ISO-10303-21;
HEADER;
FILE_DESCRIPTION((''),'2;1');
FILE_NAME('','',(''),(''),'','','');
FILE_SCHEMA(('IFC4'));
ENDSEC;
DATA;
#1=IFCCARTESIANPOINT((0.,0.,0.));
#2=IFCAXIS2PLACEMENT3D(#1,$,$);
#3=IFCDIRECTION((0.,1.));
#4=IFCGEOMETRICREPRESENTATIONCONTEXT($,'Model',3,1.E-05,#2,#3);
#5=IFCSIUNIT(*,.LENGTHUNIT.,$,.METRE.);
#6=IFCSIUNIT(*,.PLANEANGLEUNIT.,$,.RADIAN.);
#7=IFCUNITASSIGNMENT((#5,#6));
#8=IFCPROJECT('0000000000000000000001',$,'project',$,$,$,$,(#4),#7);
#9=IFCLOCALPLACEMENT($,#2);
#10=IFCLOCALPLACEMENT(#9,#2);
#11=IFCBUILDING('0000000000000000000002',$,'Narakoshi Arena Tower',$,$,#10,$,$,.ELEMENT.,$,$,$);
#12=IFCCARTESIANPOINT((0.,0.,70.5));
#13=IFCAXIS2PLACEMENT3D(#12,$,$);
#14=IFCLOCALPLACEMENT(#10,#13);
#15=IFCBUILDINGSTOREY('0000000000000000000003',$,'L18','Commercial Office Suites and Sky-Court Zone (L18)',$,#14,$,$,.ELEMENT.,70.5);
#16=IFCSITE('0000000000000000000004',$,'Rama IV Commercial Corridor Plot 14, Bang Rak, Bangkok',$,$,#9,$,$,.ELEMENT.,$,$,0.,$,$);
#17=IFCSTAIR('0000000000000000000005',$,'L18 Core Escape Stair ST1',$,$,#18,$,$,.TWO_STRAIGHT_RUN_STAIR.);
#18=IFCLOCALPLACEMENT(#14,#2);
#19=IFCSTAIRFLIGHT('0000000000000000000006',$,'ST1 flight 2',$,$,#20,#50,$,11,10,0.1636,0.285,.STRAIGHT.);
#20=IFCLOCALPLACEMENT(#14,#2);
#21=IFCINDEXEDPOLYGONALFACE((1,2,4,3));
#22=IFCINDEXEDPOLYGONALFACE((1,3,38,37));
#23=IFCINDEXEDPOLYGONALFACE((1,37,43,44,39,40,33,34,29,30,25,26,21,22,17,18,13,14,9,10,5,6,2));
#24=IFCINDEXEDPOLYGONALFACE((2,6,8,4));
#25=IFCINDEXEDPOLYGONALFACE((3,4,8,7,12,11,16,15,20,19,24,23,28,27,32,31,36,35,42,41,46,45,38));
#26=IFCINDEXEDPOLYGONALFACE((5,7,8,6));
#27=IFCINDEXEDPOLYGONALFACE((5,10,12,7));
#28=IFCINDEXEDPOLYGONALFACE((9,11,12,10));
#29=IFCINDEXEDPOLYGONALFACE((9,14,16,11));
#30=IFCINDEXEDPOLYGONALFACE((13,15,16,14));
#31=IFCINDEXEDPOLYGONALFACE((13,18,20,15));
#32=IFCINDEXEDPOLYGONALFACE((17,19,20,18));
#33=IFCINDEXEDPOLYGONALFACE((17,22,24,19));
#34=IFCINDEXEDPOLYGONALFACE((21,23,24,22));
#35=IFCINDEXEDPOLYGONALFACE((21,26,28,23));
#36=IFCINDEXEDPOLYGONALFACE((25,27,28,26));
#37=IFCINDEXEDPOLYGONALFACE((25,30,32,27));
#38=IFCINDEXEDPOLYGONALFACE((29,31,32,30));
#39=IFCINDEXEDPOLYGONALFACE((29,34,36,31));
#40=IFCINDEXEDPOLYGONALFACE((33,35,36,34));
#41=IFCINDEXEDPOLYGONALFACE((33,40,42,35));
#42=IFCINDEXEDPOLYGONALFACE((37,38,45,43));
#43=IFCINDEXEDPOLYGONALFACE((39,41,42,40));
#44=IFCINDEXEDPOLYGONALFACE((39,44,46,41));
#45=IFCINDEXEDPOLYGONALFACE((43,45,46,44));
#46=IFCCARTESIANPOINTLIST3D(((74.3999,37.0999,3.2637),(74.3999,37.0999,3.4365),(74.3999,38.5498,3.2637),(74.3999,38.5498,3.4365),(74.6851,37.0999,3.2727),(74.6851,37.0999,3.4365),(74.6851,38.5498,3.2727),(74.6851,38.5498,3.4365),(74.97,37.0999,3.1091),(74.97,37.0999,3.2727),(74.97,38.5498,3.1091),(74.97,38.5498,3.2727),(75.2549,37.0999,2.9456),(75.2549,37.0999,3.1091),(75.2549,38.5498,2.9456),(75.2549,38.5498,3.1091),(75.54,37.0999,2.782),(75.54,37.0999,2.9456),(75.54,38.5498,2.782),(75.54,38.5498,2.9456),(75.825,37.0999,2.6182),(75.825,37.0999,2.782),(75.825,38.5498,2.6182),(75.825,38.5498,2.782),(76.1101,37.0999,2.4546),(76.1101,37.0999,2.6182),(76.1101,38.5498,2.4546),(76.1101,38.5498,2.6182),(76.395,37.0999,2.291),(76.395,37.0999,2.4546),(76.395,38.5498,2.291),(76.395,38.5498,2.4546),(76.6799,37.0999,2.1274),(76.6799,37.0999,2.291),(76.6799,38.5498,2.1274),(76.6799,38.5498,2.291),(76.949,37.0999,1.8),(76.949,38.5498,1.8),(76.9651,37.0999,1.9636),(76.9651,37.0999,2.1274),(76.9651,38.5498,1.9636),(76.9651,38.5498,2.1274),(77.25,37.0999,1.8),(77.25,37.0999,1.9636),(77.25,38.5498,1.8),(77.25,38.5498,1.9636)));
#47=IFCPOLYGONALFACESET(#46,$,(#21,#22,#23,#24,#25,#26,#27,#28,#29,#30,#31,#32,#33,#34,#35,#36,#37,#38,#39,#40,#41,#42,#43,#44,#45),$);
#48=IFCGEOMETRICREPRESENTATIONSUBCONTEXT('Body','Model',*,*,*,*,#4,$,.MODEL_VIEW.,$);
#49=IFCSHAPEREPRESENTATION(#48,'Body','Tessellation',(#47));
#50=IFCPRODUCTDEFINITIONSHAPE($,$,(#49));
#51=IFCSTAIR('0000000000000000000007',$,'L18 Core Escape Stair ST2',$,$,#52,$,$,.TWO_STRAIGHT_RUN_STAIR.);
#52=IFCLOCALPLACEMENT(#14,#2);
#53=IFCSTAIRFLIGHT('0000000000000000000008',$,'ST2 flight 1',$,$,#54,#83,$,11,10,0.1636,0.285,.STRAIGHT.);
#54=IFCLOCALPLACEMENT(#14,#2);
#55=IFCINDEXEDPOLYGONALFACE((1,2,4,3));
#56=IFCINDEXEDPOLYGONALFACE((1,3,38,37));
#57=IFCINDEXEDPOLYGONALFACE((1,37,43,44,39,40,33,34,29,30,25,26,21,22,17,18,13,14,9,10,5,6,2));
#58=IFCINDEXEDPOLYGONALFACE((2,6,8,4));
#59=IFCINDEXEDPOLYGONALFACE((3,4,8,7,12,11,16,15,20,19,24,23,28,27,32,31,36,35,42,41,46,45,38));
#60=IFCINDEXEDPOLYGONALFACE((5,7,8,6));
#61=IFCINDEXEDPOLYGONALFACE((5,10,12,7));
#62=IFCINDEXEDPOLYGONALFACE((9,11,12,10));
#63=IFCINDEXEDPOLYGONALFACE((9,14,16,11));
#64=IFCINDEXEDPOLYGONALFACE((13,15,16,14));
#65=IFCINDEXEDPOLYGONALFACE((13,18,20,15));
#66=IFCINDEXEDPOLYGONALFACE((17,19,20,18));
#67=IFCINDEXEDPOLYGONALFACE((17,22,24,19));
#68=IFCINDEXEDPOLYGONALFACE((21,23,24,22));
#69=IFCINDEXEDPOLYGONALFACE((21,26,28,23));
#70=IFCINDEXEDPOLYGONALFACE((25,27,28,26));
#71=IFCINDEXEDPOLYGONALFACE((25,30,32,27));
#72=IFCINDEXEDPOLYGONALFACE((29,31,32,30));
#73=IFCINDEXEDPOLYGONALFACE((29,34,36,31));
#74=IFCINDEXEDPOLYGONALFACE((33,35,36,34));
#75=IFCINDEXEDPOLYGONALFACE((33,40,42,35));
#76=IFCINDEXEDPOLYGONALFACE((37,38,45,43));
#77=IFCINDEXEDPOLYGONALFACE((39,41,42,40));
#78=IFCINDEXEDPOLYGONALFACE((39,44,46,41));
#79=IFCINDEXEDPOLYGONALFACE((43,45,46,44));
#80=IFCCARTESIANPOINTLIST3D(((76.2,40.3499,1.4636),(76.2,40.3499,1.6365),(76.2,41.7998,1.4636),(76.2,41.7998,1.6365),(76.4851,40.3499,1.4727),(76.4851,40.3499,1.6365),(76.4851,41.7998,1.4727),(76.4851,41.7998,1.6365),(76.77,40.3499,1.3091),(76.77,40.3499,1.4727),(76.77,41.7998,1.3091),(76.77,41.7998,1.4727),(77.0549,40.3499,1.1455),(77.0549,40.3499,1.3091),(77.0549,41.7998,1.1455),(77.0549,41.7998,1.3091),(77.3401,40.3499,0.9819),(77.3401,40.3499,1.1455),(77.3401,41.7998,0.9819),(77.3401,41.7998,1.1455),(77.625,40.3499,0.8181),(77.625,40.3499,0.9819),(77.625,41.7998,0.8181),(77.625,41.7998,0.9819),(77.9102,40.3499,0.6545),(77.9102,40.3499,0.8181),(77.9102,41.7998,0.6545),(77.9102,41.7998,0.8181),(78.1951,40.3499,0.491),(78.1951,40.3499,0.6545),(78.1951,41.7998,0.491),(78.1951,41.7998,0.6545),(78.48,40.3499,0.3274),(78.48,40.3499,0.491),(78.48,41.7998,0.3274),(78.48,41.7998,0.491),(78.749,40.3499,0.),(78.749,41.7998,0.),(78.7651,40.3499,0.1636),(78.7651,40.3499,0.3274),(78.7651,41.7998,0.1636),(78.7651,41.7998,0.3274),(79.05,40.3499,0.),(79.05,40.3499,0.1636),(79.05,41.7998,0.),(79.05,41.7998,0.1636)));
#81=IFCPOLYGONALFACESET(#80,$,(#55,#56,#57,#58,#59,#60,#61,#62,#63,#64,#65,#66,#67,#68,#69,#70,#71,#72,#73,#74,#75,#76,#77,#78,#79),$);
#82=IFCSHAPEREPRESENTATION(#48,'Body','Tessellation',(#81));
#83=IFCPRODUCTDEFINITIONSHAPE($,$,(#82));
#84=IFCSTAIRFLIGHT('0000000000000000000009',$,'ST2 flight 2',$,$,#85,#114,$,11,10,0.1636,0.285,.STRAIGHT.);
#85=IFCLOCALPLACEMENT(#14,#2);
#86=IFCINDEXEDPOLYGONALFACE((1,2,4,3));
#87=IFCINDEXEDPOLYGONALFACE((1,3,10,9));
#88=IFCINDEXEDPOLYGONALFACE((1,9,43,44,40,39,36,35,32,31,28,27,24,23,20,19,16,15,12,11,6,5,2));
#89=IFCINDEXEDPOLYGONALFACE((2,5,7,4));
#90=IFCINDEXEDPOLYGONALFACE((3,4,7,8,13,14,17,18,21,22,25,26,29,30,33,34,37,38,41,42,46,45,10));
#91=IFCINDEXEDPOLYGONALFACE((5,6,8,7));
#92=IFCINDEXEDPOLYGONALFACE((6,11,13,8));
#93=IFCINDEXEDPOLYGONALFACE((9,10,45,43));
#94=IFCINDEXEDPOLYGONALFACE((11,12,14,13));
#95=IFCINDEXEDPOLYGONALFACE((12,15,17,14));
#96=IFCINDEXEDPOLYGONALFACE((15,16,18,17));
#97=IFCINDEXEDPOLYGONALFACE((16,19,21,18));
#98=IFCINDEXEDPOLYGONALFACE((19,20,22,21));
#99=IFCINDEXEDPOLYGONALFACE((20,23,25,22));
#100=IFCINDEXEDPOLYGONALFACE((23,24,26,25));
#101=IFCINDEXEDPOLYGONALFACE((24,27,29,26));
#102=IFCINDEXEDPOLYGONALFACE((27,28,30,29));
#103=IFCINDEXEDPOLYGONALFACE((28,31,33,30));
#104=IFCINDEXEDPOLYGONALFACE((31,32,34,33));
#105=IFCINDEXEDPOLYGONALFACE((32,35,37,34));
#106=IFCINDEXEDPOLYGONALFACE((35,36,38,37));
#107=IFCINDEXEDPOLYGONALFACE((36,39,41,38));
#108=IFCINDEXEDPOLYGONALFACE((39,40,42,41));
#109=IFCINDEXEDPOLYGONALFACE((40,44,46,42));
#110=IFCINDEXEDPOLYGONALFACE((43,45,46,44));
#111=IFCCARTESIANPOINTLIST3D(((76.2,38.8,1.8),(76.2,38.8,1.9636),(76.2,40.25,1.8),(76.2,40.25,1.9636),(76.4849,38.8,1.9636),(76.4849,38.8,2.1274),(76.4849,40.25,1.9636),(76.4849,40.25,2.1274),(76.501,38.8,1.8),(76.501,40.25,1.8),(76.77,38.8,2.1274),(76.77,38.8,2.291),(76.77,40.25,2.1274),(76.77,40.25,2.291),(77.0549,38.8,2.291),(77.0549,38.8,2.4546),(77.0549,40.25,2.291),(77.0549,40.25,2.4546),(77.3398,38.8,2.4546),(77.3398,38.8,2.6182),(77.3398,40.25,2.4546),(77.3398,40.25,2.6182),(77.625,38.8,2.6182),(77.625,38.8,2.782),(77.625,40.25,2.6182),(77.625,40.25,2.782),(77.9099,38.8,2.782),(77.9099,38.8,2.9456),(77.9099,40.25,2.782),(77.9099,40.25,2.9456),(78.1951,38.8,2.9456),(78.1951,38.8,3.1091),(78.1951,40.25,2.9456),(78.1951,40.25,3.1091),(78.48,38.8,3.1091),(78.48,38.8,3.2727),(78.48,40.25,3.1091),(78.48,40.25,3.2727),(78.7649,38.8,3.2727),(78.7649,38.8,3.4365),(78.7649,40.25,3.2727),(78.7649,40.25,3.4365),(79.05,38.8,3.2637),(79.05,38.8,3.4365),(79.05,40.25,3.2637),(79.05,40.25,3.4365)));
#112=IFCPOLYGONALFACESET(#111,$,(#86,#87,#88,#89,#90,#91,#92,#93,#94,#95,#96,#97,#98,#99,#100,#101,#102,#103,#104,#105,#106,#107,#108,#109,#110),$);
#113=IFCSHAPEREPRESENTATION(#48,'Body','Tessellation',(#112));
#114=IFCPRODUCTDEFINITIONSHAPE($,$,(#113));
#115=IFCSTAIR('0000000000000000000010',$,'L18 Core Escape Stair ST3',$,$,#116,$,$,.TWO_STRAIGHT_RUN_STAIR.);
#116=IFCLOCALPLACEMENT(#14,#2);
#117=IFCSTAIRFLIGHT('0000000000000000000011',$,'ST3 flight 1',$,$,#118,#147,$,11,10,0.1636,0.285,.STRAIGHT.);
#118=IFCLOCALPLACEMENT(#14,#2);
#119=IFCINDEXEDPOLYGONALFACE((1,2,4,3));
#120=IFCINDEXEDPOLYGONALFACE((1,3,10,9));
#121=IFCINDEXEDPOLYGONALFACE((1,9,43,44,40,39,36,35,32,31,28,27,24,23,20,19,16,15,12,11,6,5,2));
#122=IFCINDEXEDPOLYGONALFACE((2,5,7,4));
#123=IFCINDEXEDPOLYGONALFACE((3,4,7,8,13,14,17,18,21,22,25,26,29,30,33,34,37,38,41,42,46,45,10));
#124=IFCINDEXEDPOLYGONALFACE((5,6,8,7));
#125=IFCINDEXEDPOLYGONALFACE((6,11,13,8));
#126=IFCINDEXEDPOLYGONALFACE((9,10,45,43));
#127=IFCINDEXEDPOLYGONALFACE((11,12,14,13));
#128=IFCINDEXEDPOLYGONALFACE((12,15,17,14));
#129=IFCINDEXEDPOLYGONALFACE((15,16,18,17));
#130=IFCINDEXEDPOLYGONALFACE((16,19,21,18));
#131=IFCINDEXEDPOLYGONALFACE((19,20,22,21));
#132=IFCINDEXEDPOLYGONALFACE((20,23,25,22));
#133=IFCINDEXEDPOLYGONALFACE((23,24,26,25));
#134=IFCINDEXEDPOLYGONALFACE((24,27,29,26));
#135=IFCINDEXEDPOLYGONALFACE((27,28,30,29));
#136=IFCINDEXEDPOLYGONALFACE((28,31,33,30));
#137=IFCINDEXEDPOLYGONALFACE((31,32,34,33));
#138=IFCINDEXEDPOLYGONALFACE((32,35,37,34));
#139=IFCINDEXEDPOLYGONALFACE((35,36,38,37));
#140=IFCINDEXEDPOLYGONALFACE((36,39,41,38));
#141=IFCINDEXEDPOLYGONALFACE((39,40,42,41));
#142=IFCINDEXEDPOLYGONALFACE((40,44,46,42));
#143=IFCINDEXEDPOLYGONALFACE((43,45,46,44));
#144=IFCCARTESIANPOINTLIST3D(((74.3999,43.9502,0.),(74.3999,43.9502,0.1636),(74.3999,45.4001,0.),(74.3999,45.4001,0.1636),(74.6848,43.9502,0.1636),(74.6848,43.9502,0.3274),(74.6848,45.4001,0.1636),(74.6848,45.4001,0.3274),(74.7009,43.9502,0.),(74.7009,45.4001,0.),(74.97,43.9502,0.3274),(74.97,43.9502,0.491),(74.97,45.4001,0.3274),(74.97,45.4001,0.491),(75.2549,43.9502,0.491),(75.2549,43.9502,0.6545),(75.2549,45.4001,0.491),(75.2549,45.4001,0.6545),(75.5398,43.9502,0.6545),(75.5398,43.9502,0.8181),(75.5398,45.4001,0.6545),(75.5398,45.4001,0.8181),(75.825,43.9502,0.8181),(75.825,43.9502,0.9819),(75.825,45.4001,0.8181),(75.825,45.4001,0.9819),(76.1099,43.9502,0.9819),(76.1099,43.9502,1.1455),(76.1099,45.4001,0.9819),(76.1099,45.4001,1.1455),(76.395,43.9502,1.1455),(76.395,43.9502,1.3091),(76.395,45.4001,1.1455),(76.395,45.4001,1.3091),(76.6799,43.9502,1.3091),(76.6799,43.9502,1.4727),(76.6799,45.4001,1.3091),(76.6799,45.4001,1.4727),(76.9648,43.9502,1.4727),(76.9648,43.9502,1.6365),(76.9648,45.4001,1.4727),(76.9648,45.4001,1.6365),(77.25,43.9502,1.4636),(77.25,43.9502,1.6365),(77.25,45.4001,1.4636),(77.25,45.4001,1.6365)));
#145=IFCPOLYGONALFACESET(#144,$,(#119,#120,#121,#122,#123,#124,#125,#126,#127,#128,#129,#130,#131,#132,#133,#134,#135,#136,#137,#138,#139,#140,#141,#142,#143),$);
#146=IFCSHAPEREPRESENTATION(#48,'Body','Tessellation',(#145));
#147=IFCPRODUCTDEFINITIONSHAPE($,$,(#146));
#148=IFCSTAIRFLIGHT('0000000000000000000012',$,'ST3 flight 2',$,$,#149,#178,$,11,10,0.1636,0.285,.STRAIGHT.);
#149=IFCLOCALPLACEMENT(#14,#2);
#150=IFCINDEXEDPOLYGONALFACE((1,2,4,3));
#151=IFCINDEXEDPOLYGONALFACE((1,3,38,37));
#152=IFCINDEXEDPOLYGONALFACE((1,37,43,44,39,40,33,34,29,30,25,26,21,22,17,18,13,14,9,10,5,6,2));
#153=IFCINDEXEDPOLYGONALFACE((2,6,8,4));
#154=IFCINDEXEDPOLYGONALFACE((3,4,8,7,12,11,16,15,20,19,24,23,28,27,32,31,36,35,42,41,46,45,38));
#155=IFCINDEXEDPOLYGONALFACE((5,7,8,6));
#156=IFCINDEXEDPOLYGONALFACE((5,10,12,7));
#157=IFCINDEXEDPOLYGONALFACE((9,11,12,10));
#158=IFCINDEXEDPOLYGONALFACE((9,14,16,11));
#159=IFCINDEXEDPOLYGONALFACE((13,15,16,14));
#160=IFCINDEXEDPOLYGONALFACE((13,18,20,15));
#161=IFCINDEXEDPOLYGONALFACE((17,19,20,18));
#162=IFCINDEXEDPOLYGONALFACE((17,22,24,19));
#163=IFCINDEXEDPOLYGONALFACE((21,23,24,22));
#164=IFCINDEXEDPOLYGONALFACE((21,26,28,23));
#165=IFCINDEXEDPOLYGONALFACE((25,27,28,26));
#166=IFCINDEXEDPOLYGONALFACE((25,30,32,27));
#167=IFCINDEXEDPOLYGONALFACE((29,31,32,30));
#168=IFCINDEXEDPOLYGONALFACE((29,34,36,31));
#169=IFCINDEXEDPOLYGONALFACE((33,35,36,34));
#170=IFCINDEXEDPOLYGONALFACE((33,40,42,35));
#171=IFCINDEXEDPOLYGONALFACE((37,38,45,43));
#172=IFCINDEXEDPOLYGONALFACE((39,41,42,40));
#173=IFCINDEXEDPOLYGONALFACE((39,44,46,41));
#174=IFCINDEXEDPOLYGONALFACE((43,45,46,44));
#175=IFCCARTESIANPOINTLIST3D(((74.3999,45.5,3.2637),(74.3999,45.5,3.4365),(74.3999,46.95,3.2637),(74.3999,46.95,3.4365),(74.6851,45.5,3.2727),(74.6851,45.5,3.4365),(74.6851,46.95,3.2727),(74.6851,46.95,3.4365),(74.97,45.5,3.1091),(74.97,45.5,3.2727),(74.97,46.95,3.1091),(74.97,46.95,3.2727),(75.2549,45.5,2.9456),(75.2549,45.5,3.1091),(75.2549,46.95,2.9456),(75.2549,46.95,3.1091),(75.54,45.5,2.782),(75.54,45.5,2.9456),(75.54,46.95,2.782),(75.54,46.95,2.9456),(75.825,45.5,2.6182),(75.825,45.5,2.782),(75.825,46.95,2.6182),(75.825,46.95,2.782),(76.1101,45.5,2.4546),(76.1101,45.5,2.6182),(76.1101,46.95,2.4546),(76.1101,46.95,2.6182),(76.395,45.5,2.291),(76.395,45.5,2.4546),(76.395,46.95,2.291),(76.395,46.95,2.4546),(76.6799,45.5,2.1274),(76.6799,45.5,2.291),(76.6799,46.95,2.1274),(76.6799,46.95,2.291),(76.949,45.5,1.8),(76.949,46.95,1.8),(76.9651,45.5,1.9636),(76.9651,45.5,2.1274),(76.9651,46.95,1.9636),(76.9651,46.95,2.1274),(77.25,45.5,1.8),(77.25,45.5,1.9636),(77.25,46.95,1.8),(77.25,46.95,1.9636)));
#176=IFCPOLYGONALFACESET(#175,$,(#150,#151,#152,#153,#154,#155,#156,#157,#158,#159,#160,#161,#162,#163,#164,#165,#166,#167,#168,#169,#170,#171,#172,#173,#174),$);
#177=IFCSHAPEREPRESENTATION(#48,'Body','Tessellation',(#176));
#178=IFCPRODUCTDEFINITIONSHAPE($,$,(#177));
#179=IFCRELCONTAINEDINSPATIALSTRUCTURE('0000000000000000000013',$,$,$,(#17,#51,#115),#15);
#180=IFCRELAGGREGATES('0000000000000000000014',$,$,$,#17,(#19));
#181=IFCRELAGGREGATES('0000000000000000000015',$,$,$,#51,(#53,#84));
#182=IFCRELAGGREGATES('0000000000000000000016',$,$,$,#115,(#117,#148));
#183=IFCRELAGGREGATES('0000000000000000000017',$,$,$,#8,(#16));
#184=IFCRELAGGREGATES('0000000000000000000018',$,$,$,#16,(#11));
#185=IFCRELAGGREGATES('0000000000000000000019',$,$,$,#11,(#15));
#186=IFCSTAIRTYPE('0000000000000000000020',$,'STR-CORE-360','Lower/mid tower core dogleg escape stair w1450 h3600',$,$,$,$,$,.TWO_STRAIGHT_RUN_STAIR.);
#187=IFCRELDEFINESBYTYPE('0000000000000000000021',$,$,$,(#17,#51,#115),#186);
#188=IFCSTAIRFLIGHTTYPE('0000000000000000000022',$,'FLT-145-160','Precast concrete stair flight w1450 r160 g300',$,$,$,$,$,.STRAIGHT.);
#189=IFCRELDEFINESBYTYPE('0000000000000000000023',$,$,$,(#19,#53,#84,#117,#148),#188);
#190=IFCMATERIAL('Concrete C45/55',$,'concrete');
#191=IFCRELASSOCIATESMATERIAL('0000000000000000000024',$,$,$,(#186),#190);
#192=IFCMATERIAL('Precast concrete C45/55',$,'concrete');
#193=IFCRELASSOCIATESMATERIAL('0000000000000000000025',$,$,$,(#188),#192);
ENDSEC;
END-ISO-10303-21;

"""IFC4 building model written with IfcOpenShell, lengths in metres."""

from ifc_helpers import new_model, si_unit, direction, frame, origin, place, context, subcontext, project, spatial, polyline, outline, extrude, material, type_object, element, aggregate, save


model = new_model("IFC4")

# Units and contexts
model_context = context("Model", 3, precision=1e-05, world=origin(), true_north=direction((0.0, 1.0)))
body_context = subcontext(model_context, "Body", "Model", "MODEL_VIEW")
ifc_project = project(units=[si_unit("LENGTHUNIT", "METRE"), si_unit("PLANEANGLEUNIT", "RADIAN")], contexts=[model_context])

# Site, building, storey
site_placement = place(None, origin())
site = spatial("IfcSite", under=ifc_project, at=site_placement, Name="Rama IV Commercial Corridor Plot 14, Bang Rak, Bangkok", CompositionType="ELEMENT", RefElevation=0.0)
building_placement = place(site_placement, origin())
building = spatial("IfcBuilding", under=site, at=building_placement, Name="Narakoshi Arena Tower", CompositionType="ELEMENT")
storey_placement = place(building_placement, frame((0.0, 0.0, 70.5)))
storey = spatial("IfcBuildingStorey", under=building, at=storey_placement, Name="L18", Description="Commercial Office Suites and Sky-Court Zone (L18)", CompositionType="ELEMENT", Elevation=70.5)

# Stairs, stair flights
ifc_material_1 = material(Name="Concrete C45/55", Category="concrete")
stair_type = type_object("IfcStairType", Name="STR-CORE-360", Description="Lower/mid tower core dogleg escape stair w1450 h3600", PredefinedType="TWO_STRAIGHT_RUN_STAIR", material=ifc_material_1)
stair_1_placement = place(storey_placement, origin())
stair_1 = element("IfcStair", 1, at=stair_1_placement, inside=storey, type_object=stair_type, Name="L18 Core Escape Stair ST1", PredefinedType="TWO_STRAIGHT_RUN_STAIR")
ifc_material_2 = material(Name="Precast concrete C45/55", Category="concrete")
stair_flight_type = type_object("IfcStairFlightType", Name="FLT-145-160", Description="Precast concrete stair flight w1450 r160 g300", PredefinedType="STRAIGHT", material=ifc_material_2)
stair_flight_1_placement = place(storey_placement, frame((77.25, 37.825, 1.8), z_axis=(0.0, 0.0, 1.0), x_axis=(-1.0, 0.0, 0.0)))
stair_flight_1 = element("IfcStairFlight", 2, at=stair_flight_1_placement, type_object=stair_flight_type, Name="ST1 flight 2", NumberOfRisers=11, NumberOfTreads=10, PredefinedType="STRAIGHT", RiserHeight=0.1636, TreadLength=0.285, context=body_context, shape_type="SweptSolid", body=[
    extrude(outline(polyline([(0.0, 0.0), (0.0, 0.1636), (0.2849, 0.1636), (0.2849, 0.3274), (0.5701, 0.3274), (0.5701, 0.491), (0.855, 0.491), (0.855, 0.6545), (1.1399, 0.6545), (1.1399, 0.8181), (1.425, 0.8181), (1.425, 0.9819), (1.71, 0.9819), (1.71, 1.1455), (1.9951, 1.1455), (1.9951, 1.3091), (2.28, 1.3091), (2.28, 1.4727), (2.5649, 1.4727), (2.5649, 1.6365), (2.8501, 1.6365), (2.8501, 1.8), (2.8501, 1.4636), (0.301, 0.0), (0.0, 0.0)])), frame((0.0, 0.7251, 0.0), z_axis=(0.0, -1.0, 0.0), x_axis=(1.0, 0.0, 0.0)), (0.0, 0.0, 1.0), 1.45),
])
aggregate(stair_1, [stair_flight_1])
stair_2_placement = place(storey_placement, origin())
stair_2 = element("IfcStair", 3, at=stair_2_placement, inside=storey, type_object=stair_type, Name="L18 Core Escape Stair ST2", PredefinedType="TWO_STRAIGHT_RUN_STAIR")
stair_flight_2_placement = place(storey_placement, frame((79.05, 41.075, 0.0), z_axis=(0.0, 0.0, 1.0), x_axis=(-1.0, 0.0, 0.0)))
stair_flight_2 = element("IfcStairFlight", 4, at=stair_flight_2_placement, type_object=stair_flight_type, Name="ST2 flight 1", NumberOfRisers=11, NumberOfTreads=10, PredefinedType="STRAIGHT", RiserHeight=0.1636, TreadLength=0.285, context=body_context, shape_type="SweptSolid", body=[
    extrude(outline(polyline([(0.0, 0.0), (0.0, 0.1636), (0.2849, 0.1636), (0.2849, 0.3274), (0.5701, 0.3274), (0.5701, 0.491), (0.855, 0.491), (0.855, 0.6545), (1.1399, 0.6545), (1.1399, 0.8181), (1.425, 0.8181), (1.425, 0.9819), (1.71, 0.9819), (1.71, 1.1455), (1.9951, 1.1455), (1.9951, 1.3091), (2.28, 1.3091), (2.28, 1.4727), (2.5649, 1.4727), (2.5649, 1.6365), (2.8501, 1.6365), (2.8501, 1.8), (2.8501, 1.4636), (0.301, 0.0), (0.0, 0.0)])), frame((0.0, 0.7251, 0.0), z_axis=(0.0, -1.0, 0.0), x_axis=(1.0, 0.0, 0.0)), (0.0, 0.0, 1.0), 1.45),
])
stair_flight_3_placement = place(storey_placement, frame((76.2, 39.5249, 1.8), z_axis=(0.0, 0.0, 1.0), x_axis=(1.0, 0.0, 0.0)))
stair_flight_3 = element("IfcStairFlight", 5, at=stair_flight_3_placement, type_object=stair_flight_type, Name="ST2 flight 2", NumberOfRisers=11, NumberOfTreads=10, PredefinedType="STRAIGHT", RiserHeight=0.1636, TreadLength=0.285, context=body_context, shape_type="SweptSolid", body=[
    extrude(outline(polyline([(0.0, 0.0), (0.0, 0.1636), (0.2849, 0.1636), (0.2849, 0.3274), (0.5701, 0.3274), (0.5701, 0.491), (0.855, 0.491), (0.855, 0.6545), (1.1399, 0.6545), (1.1399, 0.8181), (1.425, 0.8181), (1.425, 0.9819), (1.71, 0.9819), (1.71, 1.1455), (1.9951, 1.1455), (1.9951, 1.3091), (2.28, 1.3091), (2.28, 1.4727), (2.5649, 1.4727), (2.5649, 1.6365), (2.8501, 1.6365), (2.8501, 1.8), (2.8501, 1.4636), (0.301, 0.0), (0.0, 0.0)])), frame((0.0, 0.7251, 0.0), z_axis=(0.0, -1.0, 0.0), x_axis=(1.0, 0.0, 0.0)), (0.0, 0.0, 1.0), 1.45),
])
aggregate(stair_2, [stair_flight_2, stair_flight_3])
stair_3_placement = place(storey_placement, origin())
stair_3 = element("IfcStair", 6, at=stair_3_placement, inside=storey, type_object=stair_type, Name="L18 Core Escape Stair ST3", PredefinedType="TWO_STRAIGHT_RUN_STAIR")
stair_flight_4_placement = place(storey_placement, frame((74.3999, 44.675, 0.0), z_axis=(0.0, 0.0, 1.0), x_axis=(1.0, 0.0, 0.0)))
stair_flight_4 = element("IfcStairFlight", 7, at=stair_flight_4_placement, type_object=stair_flight_type, Name="ST3 flight 1", NumberOfRisers=11, NumberOfTreads=10, PredefinedType="STRAIGHT", RiserHeight=0.1636, TreadLength=0.285, context=body_context, shape_type="SweptSolid", body=[
    extrude(outline(polyline([(0.0, 0.0), (0.0, 0.1636), (0.2849, 0.1636), (0.2849, 0.3274), (0.5701, 0.3274), (0.5701, 0.491), (0.855, 0.491), (0.855, 0.6545), (1.1399, 0.6545), (1.1399, 0.8181), (1.425, 0.8181), (1.425, 0.9819), (1.71, 0.9819), (1.71, 1.1455), (1.9951, 1.1455), (1.9951, 1.3091), (2.28, 1.3091), (2.28, 1.4727), (2.5649, 1.4727), (2.5649, 1.6365), (2.8501, 1.6365), (2.8501, 1.8), (2.8501, 1.4636), (0.301, 0.0), (0.0, 0.0)])), frame((0.0, 0.7251, 0.0), z_axis=(0.0, -1.0, 0.0), x_axis=(1.0, 0.0, 0.0)), (0.0, 0.0, 1.0), 1.45),
])
stair_flight_5_placement = place(storey_placement, frame((77.25, 46.2251, 1.8), z_axis=(0.0, 0.0, 1.0), x_axis=(-1.0, 0.0, 0.0)))
stair_flight_5 = element("IfcStairFlight", 8, at=stair_flight_5_placement, type_object=stair_flight_type, Name="ST3 flight 2", NumberOfRisers=11, NumberOfTreads=10, PredefinedType="STRAIGHT", RiserHeight=0.1636, TreadLength=0.285, context=body_context, shape_type="SweptSolid", body=[
    extrude(outline(polyline([(0.0, 0.0), (0.0, 0.1636), (0.2849, 0.1636), (0.2849, 0.3274), (0.5701, 0.3274), (0.5701, 0.491), (0.855, 0.491), (0.855, 0.6545), (1.1399, 0.6545), (1.1399, 0.8181), (1.425, 0.8181), (1.425, 0.9819), (1.71, 0.9819), (1.71, 1.1455), (1.9951, 1.1455), (1.9951, 1.3091), (2.28, 1.3091), (2.28, 1.4727), (2.5649, 1.4727), (2.5649, 1.6365), (2.8501, 1.6365), (2.8501, 1.8), (2.8501, 1.4636), (0.301, 0.0), (0.0, 0.0)])), frame((0.0, 0.7251, 0.0), z_axis=(0.0, -1.0, 0.0), x_axis=(1.0, 0.0, 0.0)), (0.0, 0.0, 1.0), 1.45),
])
aggregate(stair_3, [stair_flight_4, stair_flight_5])

save(model, "model.ifc")
